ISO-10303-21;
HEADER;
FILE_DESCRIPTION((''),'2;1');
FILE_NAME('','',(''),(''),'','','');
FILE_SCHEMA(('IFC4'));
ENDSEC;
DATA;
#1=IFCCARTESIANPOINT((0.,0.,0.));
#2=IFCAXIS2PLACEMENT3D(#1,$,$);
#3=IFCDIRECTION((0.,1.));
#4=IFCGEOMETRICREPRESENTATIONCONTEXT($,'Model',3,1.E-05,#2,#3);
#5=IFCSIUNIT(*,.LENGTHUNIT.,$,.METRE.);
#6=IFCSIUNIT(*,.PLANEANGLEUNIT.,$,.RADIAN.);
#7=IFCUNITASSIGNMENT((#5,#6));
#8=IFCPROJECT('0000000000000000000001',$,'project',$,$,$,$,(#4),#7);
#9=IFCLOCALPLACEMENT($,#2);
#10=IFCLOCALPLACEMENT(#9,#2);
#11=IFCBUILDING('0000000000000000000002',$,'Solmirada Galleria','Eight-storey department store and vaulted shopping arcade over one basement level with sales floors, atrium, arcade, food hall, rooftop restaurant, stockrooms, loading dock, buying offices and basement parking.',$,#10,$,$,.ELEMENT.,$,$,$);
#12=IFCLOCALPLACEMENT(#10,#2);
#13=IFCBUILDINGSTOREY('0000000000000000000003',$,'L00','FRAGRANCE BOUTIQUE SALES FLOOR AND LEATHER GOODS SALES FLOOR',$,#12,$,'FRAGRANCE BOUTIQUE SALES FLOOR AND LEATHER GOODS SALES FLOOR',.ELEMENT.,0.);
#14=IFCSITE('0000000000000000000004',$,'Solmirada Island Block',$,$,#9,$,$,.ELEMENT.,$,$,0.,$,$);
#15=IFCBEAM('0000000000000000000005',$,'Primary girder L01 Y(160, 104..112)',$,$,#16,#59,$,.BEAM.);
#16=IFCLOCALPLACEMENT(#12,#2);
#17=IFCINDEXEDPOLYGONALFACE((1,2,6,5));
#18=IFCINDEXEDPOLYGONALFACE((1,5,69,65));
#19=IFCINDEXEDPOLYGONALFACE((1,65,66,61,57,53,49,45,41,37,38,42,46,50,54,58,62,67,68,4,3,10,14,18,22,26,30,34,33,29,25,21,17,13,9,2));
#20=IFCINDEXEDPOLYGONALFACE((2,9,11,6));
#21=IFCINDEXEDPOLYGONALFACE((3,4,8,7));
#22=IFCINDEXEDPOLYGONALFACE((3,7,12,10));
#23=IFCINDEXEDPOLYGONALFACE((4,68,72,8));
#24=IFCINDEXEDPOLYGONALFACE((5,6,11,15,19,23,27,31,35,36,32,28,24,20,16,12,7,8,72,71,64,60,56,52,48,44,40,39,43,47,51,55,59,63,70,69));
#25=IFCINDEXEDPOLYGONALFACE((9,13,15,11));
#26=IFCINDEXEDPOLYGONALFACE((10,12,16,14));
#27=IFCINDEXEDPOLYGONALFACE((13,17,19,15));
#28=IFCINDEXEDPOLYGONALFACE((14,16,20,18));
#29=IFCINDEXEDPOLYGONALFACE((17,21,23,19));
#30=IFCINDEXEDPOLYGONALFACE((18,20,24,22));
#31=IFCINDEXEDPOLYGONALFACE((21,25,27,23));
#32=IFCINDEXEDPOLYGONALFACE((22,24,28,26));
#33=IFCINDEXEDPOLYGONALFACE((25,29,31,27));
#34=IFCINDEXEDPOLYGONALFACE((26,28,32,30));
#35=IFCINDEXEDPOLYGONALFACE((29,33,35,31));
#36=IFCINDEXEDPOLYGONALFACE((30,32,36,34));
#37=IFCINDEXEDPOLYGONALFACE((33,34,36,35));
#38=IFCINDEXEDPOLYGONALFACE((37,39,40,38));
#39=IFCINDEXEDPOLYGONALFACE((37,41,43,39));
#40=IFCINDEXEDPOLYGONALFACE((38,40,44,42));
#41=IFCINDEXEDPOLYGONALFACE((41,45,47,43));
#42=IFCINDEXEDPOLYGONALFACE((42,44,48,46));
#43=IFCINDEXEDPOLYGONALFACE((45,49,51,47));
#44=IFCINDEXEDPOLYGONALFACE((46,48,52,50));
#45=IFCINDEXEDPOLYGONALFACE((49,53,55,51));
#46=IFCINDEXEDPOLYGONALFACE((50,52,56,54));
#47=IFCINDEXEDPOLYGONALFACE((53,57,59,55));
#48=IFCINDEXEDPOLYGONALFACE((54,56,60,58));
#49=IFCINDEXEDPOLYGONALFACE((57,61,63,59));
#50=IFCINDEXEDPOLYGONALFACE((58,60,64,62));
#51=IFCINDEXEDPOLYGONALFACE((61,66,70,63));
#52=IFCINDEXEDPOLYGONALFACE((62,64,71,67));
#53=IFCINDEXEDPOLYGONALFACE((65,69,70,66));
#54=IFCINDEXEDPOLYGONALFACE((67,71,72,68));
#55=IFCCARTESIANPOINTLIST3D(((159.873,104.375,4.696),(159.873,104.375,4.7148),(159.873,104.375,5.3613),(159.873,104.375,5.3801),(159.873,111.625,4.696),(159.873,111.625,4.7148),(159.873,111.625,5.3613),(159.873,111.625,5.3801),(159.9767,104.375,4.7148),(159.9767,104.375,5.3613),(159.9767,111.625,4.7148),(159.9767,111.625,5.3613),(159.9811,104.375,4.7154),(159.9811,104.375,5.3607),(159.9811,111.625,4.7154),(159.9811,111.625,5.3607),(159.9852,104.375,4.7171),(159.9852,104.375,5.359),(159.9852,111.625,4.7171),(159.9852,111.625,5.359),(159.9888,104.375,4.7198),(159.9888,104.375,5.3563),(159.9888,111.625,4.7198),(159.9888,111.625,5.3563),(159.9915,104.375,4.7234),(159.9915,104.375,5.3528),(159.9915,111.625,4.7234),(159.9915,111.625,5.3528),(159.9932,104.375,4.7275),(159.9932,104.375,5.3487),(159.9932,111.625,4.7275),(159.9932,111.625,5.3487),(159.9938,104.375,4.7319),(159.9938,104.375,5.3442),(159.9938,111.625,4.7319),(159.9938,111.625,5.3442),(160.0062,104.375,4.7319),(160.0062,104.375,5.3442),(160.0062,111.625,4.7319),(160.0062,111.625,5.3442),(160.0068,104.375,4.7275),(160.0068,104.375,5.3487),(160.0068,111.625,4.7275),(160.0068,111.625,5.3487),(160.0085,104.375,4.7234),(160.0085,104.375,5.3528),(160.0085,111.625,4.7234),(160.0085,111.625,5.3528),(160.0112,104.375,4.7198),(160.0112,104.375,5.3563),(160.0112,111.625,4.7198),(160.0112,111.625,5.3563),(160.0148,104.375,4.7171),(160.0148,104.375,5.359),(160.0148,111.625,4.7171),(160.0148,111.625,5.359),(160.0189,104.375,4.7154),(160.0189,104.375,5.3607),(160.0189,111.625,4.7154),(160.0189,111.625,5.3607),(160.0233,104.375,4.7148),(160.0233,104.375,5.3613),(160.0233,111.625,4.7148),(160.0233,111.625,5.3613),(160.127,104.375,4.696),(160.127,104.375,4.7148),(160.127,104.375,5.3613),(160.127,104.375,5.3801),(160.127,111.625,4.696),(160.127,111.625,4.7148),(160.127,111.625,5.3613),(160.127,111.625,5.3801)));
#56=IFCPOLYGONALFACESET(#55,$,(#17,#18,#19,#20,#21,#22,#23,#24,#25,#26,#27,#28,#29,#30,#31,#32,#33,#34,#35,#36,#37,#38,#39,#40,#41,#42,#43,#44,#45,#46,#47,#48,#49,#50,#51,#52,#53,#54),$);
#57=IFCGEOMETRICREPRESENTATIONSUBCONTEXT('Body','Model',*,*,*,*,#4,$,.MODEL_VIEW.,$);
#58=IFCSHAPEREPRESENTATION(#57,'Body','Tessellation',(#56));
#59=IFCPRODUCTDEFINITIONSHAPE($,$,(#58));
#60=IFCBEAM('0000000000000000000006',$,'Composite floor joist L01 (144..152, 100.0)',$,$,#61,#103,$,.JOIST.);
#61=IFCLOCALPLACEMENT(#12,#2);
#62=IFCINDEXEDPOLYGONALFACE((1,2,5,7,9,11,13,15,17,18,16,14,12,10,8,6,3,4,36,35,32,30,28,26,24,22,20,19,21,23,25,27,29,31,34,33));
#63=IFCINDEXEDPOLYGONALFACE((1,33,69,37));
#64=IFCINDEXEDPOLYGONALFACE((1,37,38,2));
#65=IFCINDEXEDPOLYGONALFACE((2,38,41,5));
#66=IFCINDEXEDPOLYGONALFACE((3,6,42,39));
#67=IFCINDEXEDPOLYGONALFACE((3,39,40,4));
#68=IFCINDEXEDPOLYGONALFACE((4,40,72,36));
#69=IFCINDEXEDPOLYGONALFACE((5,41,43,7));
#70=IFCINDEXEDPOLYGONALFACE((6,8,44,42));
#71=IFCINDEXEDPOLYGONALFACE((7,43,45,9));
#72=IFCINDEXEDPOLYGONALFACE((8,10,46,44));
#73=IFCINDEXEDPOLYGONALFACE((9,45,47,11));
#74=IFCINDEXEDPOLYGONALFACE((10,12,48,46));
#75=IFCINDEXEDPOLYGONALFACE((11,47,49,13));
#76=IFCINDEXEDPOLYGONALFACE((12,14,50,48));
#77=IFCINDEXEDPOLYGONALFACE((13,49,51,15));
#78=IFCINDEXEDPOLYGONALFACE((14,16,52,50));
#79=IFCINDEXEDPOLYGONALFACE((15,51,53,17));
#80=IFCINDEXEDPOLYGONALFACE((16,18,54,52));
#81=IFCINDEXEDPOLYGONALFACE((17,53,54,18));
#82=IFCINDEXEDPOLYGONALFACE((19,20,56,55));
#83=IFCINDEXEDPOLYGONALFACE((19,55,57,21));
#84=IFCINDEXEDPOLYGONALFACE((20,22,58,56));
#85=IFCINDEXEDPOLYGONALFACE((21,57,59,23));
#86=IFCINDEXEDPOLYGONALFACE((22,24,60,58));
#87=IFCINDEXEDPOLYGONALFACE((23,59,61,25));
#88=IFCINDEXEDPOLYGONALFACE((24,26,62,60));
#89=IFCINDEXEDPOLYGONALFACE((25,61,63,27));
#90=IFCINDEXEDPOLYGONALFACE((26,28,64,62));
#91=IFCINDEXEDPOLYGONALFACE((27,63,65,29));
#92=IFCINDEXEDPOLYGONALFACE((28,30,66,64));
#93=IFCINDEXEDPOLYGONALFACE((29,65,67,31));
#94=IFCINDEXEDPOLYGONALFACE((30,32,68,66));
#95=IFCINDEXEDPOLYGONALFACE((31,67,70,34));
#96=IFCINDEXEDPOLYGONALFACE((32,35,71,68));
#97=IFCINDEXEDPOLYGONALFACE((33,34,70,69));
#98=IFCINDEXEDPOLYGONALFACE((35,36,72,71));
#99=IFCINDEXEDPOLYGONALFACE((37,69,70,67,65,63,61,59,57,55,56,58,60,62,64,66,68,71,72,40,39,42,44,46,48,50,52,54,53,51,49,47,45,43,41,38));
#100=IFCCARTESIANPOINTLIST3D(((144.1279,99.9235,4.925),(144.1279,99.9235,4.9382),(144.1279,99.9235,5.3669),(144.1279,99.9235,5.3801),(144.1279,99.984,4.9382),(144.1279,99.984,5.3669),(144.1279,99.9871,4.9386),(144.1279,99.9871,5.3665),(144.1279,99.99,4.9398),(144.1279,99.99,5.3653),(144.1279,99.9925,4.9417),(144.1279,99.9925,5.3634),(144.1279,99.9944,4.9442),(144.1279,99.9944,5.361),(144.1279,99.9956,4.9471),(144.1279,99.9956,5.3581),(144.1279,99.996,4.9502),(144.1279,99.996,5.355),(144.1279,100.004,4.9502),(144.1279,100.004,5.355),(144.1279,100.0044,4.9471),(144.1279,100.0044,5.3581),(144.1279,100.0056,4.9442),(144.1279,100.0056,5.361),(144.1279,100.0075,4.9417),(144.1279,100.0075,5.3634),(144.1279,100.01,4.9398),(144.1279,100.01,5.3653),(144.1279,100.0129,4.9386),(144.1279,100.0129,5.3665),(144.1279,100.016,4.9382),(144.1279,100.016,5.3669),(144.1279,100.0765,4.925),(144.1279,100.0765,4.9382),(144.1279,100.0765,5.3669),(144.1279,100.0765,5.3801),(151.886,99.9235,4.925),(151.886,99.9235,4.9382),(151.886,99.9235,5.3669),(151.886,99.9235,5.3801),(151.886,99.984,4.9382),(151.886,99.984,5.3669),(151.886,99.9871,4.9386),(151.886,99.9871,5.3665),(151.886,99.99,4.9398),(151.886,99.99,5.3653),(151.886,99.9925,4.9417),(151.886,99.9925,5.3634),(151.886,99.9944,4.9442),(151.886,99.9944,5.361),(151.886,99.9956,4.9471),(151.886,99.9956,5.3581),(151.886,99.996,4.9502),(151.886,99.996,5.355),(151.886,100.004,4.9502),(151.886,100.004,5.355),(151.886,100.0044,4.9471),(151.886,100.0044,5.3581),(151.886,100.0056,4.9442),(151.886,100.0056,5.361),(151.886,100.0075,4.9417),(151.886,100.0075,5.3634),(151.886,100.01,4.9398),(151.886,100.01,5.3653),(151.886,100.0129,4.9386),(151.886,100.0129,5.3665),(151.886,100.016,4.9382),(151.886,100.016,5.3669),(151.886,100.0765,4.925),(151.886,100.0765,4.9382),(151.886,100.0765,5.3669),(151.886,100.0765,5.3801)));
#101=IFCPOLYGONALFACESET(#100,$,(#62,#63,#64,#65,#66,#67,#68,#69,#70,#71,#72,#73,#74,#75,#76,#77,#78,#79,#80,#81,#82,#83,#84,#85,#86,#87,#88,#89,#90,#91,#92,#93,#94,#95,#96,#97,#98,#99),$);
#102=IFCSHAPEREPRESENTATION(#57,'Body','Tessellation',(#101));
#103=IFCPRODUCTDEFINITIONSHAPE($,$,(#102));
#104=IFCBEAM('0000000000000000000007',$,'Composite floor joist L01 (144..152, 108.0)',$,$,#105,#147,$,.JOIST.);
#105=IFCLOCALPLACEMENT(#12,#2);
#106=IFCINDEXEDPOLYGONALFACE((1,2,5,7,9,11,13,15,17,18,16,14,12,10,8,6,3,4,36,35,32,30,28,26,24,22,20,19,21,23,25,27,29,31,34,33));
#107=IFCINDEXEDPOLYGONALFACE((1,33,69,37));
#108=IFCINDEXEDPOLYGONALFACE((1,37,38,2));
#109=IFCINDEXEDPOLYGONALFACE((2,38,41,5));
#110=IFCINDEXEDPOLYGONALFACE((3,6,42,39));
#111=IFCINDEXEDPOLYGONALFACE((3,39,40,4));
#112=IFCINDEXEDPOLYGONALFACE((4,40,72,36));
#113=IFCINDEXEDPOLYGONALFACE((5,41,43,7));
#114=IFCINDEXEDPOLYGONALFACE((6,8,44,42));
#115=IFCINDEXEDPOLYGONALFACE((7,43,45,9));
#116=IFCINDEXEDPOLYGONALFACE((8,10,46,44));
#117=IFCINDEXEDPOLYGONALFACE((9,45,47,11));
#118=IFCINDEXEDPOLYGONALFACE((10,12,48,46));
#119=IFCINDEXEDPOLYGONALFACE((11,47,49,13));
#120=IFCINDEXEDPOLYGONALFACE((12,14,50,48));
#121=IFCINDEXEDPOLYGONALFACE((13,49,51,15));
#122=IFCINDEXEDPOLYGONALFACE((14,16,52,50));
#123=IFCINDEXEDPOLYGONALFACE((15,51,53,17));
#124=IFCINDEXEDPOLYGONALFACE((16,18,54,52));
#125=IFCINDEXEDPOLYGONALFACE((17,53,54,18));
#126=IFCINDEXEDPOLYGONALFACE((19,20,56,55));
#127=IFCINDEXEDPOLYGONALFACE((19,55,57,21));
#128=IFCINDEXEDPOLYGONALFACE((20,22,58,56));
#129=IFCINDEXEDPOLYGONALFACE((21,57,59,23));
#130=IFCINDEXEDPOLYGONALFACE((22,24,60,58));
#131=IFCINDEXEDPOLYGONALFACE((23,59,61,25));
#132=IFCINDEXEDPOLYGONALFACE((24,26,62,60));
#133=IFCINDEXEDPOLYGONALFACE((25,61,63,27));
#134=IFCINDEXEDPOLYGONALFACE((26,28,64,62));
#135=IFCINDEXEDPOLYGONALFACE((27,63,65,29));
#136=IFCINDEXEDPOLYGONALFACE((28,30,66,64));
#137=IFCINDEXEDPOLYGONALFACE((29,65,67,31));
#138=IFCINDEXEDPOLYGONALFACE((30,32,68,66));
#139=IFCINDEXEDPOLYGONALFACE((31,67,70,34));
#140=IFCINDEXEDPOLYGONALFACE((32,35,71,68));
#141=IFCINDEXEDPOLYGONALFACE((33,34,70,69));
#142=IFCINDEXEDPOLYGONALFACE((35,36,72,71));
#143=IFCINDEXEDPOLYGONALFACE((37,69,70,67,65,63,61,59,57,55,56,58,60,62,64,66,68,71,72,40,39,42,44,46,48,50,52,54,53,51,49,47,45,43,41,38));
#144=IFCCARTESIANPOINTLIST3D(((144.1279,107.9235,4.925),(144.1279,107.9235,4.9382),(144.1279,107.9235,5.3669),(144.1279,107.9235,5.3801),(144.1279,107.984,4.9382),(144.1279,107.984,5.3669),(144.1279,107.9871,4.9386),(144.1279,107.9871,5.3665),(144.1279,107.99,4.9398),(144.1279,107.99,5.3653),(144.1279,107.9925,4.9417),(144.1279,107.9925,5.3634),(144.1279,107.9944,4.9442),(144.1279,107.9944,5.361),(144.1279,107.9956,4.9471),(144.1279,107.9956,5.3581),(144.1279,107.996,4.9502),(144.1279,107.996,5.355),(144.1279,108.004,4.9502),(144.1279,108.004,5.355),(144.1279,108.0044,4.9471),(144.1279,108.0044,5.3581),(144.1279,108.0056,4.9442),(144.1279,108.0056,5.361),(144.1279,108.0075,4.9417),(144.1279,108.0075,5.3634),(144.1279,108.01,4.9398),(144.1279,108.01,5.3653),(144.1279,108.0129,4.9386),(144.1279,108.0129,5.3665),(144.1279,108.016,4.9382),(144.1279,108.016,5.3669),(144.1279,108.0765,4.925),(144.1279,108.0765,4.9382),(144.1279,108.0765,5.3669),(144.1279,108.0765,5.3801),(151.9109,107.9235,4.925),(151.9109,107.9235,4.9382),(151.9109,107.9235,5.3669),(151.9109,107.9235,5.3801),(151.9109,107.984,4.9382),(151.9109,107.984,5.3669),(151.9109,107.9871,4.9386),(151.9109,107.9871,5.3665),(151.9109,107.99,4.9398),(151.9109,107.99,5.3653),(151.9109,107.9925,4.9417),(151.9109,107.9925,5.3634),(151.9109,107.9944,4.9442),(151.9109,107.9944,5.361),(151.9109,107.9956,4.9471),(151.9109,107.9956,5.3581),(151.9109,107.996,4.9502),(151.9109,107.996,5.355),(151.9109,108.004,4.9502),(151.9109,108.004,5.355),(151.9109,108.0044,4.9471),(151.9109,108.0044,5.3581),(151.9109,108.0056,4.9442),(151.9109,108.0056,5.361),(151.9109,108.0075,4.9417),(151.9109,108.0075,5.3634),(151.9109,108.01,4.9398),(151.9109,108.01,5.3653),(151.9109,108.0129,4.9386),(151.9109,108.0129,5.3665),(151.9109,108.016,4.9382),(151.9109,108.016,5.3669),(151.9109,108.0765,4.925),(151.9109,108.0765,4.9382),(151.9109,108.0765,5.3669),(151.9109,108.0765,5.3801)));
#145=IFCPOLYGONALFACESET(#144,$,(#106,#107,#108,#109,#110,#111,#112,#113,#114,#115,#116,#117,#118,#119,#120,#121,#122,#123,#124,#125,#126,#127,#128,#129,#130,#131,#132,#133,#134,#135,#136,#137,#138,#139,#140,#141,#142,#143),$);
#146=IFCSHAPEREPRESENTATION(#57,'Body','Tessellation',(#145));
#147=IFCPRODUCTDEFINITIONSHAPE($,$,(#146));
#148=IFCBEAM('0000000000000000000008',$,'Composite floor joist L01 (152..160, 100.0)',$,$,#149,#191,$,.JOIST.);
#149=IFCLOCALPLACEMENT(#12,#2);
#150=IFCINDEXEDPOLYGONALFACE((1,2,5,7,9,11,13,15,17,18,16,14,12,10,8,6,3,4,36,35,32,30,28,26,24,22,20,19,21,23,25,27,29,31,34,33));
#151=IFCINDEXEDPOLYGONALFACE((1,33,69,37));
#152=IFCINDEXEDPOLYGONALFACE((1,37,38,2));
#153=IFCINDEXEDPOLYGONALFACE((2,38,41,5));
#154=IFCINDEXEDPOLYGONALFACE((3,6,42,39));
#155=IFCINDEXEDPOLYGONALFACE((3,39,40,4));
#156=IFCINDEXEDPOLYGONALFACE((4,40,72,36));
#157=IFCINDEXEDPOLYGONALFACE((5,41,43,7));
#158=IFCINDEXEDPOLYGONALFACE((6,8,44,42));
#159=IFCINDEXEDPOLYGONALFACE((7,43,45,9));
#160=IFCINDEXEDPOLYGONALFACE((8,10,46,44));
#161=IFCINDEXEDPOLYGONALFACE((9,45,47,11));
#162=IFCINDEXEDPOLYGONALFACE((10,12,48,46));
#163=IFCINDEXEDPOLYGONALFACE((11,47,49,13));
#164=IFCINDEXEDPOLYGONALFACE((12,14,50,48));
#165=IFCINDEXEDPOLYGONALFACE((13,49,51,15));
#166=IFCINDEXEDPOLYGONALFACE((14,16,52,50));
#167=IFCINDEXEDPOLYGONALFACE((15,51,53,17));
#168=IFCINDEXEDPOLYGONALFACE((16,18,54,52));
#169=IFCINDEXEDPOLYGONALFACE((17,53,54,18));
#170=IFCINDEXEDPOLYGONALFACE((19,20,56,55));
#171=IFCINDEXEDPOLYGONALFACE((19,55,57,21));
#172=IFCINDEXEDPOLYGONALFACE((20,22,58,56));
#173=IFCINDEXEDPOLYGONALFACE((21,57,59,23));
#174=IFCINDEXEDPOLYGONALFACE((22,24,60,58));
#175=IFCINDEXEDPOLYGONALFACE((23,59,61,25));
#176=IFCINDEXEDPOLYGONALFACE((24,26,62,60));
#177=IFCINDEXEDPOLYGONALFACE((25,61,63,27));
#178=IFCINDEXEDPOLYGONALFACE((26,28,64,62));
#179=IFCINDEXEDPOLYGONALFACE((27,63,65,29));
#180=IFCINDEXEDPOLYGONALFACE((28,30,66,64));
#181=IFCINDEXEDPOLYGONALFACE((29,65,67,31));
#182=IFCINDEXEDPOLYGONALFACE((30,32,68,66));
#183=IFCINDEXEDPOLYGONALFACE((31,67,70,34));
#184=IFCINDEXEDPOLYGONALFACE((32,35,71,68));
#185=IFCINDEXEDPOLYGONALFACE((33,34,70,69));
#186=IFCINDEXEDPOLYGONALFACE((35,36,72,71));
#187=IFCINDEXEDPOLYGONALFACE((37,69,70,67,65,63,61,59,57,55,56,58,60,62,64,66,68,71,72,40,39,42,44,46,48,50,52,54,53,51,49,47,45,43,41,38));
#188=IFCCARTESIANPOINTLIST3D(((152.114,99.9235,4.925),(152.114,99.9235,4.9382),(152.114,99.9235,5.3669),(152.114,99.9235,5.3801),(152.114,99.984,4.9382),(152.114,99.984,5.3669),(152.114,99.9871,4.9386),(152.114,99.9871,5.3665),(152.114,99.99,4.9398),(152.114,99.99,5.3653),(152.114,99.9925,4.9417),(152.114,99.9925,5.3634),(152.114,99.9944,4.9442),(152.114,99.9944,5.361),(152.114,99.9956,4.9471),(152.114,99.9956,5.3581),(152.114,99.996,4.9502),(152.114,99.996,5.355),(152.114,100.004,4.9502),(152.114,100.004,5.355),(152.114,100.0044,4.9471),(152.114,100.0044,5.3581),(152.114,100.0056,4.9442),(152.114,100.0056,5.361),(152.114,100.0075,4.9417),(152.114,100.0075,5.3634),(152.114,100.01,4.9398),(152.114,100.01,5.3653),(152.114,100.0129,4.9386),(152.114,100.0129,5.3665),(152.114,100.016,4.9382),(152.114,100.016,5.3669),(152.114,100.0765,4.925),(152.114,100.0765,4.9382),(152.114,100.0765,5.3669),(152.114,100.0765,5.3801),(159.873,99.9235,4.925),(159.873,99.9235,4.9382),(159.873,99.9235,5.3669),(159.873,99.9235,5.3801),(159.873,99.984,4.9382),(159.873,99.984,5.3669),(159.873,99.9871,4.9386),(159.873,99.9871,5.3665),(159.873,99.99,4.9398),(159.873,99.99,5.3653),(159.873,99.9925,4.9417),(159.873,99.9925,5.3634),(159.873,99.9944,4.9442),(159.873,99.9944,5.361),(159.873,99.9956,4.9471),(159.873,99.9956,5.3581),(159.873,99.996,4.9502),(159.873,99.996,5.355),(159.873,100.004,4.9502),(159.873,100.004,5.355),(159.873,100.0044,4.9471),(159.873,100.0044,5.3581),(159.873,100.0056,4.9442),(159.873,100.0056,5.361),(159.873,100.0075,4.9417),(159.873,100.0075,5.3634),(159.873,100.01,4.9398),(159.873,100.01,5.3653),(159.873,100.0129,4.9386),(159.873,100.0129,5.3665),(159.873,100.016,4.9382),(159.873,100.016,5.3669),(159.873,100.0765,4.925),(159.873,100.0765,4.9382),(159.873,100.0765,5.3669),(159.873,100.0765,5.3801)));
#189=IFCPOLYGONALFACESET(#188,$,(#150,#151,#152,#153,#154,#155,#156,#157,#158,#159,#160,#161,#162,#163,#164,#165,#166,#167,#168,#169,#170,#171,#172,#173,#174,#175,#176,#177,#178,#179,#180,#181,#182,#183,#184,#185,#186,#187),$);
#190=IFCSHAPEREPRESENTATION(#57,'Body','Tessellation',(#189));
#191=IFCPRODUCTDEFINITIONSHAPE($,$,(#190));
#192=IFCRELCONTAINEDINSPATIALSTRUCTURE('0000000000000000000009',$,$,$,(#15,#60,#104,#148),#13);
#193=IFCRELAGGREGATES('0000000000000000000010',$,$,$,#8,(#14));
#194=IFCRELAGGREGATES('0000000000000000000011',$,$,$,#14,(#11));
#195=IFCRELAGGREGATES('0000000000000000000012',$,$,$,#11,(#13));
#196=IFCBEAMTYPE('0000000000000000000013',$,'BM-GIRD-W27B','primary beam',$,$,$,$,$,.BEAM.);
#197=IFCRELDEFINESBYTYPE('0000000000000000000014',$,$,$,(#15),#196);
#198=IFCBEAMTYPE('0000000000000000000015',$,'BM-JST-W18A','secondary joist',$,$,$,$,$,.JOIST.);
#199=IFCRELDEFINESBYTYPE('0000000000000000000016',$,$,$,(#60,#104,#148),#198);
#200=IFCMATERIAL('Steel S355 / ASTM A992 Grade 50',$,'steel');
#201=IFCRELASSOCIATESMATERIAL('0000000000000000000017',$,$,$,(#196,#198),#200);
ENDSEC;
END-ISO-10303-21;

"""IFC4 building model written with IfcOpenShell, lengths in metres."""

from ifc_helpers import new_model, si_unit, direction, frame, origin, origin_2d, place, context, subcontext, project, spatial, i_section, extrude, material, material_profile, profile_set, type_object, element, save


model = new_model("IFC4")

# Units and contexts
model_context = context("Model", 3, precision=1e-05, world=origin(), true_north=direction((0.0, 1.0)))
body_context = subcontext(model_context, "Body", "Model", "MODEL_VIEW")
ifc_project = project(units=[si_unit("LENGTHUNIT", "METRE"), si_unit("PLANEANGLEUNIT", "RADIAN")], contexts=[model_context])

# Site, building, storey
site_placement = place(None, origin())
site = spatial("IfcSite", under=ifc_project, at=site_placement, Name="Solmirada Island Block", CompositionType="ELEMENT", RefElevation=0.0)
building_placement = place(site_placement, origin())
building = spatial("IfcBuilding", under=site, at=building_placement, Name="Solmirada Galleria", Description="Eight-storey department store and vaulted shopping arcade over one basement level with sales floors, atrium, arcade, food hall, rooftop restaurant, stockrooms, loading dock, buying offices and basement parking.", CompositionType="ELEMENT")
storey_placement = place(building_placement, origin())
storey = spatial("IfcBuildingStorey", under=building, at=storey_placement, Name="L00", Description="FRAGRANCE BOUTIQUE SALES FLOOR AND LEATHER GOODS SALES FLOOR", LongName="FRAGRANCE BOUTIQUE SALES FLOOR AND LEATHER GOODS SALES FLOOR", CompositionType="ELEMENT", Elevation=0.0)

# Beams
ifc_material_1 = material(Name="Steel S355 / ASTM A992 Grade 50", Category="steel")
ifc_material_profile_1 = material_profile(ifc_material_1, i_section(OverallWidth=0.2539, OverallDepth=0.6841, WebThickness=0.0125, FlangeThickness=0.0188, FilletRadius=0.0171, at=origin_2d()), Name="W27X94")
ifc_profile_set_1 = profile_set([ifc_material_profile_1], Name="Steel S355 / ASTM A992 Grade 50")
beam_type_1 = type_object("IfcBeamType", Name="BM-GIRD-W27B", Description="primary beam", PredefinedType="BEAM", material=ifc_profile_set_1)
beam_1_placement = place(storey_placement, frame((160.0, 104.375, 5.0381), z_axis=(0.0, 1.0, 0.0), x_axis=(-1.0, 0.0, 0.0)))
element("IfcBeam", 1, at=beam_1_placement, inside=storey, type_object=beam_type_1, Name="Primary girder L01 Y(160, 104..112)", PredefinedType="BEAM", context=body_context, shape_type="SweptSolid", body=[
    extrude(i_section(OverallWidth=0.2539, OverallDepth=0.6841, WebThickness=0.0125, FlangeThickness=0.0188, FilletRadius=0.0171, at=origin_2d()), origin(), (0.0, 0.0, 1.0), 7.25),
])
ifc_material_profile_2 = material_profile(ifc_material_1, i_section(OverallWidth=0.1531, OverallDepth=0.4551, WebThickness=0.0081, FlangeThickness=0.0132, FilletRadius=0.012, at=origin_2d()), Name="W18X40")
ifc_profile_set_2 = profile_set([ifc_material_profile_2], Name="Steel S355 / ASTM A992 Grade 50")
beam_type_2 = type_object("IfcBeamType", Name="BM-JST-W18A", Description="secondary joist", PredefinedType="JOIST", material=ifc_profile_set_2)
beam_2_placement = place(storey_placement, frame((144.1279, 100.0, 5.1526), z_axis=(1.0, 0.0, 0.0), x_axis=(0.0, 1.0, 0.0)))
element("IfcBeam", 2, at=beam_2_placement, inside=storey, type_object=beam_type_2, Name="Composite floor joist L01 (144..152, 100.0)", PredefinedType="JOIST", context=body_context, shape_type="SweptSolid", body=[
    extrude(i_section(OverallWidth=0.1531, OverallDepth=0.4551, WebThickness=0.0081, FlangeThickness=0.0132, FilletRadius=0.012, at=origin_2d()), origin(), (0.0, 0.0, 1.0), 7.7581),
])
beam_3_placement = place(storey_placement, frame((144.1279, 108.0, 5.1526), z_axis=(1.0, 0.0, 0.0), x_axis=(0.0, 1.0, 0.0)))
element("IfcBeam", 3, at=beam_3_placement, inside=storey, type_object=beam_type_2, Name="Composite floor joist L01 (144..152, 108.0)", PredefinedType="JOIST", context=body_context, shape_type="SweptSolid", body=[
    extrude(i_section(OverallWidth=0.1531, OverallDepth=0.4551, WebThickness=0.0081, FlangeThickness=0.0132, FilletRadius=0.012, at=origin_2d()), origin(), (0.0, 0.0, 1.0), 7.783),
])
beam_4_placement = place(storey_placement, frame((152.114, 100.0, 5.1526), z_axis=(1.0, 0.0, 0.0), x_axis=(0.0, 1.0, 0.0)))
element("IfcBeam", 4, at=beam_4_placement, inside=storey, type_object=beam_type_2, Name="Composite floor joist L01 (152..160, 100.0)", PredefinedType="JOIST", context=body_context, shape_type="SweptSolid", body=[
    extrude(i_section(OverallWidth=0.1531, OverallDepth=0.4551, WebThickness=0.0081, FlangeThickness=0.0132, FilletRadius=0.012, at=origin_2d()), origin(), (0.0, 0.0, 1.0), 7.759),
])

save(model, "model.ifc")
